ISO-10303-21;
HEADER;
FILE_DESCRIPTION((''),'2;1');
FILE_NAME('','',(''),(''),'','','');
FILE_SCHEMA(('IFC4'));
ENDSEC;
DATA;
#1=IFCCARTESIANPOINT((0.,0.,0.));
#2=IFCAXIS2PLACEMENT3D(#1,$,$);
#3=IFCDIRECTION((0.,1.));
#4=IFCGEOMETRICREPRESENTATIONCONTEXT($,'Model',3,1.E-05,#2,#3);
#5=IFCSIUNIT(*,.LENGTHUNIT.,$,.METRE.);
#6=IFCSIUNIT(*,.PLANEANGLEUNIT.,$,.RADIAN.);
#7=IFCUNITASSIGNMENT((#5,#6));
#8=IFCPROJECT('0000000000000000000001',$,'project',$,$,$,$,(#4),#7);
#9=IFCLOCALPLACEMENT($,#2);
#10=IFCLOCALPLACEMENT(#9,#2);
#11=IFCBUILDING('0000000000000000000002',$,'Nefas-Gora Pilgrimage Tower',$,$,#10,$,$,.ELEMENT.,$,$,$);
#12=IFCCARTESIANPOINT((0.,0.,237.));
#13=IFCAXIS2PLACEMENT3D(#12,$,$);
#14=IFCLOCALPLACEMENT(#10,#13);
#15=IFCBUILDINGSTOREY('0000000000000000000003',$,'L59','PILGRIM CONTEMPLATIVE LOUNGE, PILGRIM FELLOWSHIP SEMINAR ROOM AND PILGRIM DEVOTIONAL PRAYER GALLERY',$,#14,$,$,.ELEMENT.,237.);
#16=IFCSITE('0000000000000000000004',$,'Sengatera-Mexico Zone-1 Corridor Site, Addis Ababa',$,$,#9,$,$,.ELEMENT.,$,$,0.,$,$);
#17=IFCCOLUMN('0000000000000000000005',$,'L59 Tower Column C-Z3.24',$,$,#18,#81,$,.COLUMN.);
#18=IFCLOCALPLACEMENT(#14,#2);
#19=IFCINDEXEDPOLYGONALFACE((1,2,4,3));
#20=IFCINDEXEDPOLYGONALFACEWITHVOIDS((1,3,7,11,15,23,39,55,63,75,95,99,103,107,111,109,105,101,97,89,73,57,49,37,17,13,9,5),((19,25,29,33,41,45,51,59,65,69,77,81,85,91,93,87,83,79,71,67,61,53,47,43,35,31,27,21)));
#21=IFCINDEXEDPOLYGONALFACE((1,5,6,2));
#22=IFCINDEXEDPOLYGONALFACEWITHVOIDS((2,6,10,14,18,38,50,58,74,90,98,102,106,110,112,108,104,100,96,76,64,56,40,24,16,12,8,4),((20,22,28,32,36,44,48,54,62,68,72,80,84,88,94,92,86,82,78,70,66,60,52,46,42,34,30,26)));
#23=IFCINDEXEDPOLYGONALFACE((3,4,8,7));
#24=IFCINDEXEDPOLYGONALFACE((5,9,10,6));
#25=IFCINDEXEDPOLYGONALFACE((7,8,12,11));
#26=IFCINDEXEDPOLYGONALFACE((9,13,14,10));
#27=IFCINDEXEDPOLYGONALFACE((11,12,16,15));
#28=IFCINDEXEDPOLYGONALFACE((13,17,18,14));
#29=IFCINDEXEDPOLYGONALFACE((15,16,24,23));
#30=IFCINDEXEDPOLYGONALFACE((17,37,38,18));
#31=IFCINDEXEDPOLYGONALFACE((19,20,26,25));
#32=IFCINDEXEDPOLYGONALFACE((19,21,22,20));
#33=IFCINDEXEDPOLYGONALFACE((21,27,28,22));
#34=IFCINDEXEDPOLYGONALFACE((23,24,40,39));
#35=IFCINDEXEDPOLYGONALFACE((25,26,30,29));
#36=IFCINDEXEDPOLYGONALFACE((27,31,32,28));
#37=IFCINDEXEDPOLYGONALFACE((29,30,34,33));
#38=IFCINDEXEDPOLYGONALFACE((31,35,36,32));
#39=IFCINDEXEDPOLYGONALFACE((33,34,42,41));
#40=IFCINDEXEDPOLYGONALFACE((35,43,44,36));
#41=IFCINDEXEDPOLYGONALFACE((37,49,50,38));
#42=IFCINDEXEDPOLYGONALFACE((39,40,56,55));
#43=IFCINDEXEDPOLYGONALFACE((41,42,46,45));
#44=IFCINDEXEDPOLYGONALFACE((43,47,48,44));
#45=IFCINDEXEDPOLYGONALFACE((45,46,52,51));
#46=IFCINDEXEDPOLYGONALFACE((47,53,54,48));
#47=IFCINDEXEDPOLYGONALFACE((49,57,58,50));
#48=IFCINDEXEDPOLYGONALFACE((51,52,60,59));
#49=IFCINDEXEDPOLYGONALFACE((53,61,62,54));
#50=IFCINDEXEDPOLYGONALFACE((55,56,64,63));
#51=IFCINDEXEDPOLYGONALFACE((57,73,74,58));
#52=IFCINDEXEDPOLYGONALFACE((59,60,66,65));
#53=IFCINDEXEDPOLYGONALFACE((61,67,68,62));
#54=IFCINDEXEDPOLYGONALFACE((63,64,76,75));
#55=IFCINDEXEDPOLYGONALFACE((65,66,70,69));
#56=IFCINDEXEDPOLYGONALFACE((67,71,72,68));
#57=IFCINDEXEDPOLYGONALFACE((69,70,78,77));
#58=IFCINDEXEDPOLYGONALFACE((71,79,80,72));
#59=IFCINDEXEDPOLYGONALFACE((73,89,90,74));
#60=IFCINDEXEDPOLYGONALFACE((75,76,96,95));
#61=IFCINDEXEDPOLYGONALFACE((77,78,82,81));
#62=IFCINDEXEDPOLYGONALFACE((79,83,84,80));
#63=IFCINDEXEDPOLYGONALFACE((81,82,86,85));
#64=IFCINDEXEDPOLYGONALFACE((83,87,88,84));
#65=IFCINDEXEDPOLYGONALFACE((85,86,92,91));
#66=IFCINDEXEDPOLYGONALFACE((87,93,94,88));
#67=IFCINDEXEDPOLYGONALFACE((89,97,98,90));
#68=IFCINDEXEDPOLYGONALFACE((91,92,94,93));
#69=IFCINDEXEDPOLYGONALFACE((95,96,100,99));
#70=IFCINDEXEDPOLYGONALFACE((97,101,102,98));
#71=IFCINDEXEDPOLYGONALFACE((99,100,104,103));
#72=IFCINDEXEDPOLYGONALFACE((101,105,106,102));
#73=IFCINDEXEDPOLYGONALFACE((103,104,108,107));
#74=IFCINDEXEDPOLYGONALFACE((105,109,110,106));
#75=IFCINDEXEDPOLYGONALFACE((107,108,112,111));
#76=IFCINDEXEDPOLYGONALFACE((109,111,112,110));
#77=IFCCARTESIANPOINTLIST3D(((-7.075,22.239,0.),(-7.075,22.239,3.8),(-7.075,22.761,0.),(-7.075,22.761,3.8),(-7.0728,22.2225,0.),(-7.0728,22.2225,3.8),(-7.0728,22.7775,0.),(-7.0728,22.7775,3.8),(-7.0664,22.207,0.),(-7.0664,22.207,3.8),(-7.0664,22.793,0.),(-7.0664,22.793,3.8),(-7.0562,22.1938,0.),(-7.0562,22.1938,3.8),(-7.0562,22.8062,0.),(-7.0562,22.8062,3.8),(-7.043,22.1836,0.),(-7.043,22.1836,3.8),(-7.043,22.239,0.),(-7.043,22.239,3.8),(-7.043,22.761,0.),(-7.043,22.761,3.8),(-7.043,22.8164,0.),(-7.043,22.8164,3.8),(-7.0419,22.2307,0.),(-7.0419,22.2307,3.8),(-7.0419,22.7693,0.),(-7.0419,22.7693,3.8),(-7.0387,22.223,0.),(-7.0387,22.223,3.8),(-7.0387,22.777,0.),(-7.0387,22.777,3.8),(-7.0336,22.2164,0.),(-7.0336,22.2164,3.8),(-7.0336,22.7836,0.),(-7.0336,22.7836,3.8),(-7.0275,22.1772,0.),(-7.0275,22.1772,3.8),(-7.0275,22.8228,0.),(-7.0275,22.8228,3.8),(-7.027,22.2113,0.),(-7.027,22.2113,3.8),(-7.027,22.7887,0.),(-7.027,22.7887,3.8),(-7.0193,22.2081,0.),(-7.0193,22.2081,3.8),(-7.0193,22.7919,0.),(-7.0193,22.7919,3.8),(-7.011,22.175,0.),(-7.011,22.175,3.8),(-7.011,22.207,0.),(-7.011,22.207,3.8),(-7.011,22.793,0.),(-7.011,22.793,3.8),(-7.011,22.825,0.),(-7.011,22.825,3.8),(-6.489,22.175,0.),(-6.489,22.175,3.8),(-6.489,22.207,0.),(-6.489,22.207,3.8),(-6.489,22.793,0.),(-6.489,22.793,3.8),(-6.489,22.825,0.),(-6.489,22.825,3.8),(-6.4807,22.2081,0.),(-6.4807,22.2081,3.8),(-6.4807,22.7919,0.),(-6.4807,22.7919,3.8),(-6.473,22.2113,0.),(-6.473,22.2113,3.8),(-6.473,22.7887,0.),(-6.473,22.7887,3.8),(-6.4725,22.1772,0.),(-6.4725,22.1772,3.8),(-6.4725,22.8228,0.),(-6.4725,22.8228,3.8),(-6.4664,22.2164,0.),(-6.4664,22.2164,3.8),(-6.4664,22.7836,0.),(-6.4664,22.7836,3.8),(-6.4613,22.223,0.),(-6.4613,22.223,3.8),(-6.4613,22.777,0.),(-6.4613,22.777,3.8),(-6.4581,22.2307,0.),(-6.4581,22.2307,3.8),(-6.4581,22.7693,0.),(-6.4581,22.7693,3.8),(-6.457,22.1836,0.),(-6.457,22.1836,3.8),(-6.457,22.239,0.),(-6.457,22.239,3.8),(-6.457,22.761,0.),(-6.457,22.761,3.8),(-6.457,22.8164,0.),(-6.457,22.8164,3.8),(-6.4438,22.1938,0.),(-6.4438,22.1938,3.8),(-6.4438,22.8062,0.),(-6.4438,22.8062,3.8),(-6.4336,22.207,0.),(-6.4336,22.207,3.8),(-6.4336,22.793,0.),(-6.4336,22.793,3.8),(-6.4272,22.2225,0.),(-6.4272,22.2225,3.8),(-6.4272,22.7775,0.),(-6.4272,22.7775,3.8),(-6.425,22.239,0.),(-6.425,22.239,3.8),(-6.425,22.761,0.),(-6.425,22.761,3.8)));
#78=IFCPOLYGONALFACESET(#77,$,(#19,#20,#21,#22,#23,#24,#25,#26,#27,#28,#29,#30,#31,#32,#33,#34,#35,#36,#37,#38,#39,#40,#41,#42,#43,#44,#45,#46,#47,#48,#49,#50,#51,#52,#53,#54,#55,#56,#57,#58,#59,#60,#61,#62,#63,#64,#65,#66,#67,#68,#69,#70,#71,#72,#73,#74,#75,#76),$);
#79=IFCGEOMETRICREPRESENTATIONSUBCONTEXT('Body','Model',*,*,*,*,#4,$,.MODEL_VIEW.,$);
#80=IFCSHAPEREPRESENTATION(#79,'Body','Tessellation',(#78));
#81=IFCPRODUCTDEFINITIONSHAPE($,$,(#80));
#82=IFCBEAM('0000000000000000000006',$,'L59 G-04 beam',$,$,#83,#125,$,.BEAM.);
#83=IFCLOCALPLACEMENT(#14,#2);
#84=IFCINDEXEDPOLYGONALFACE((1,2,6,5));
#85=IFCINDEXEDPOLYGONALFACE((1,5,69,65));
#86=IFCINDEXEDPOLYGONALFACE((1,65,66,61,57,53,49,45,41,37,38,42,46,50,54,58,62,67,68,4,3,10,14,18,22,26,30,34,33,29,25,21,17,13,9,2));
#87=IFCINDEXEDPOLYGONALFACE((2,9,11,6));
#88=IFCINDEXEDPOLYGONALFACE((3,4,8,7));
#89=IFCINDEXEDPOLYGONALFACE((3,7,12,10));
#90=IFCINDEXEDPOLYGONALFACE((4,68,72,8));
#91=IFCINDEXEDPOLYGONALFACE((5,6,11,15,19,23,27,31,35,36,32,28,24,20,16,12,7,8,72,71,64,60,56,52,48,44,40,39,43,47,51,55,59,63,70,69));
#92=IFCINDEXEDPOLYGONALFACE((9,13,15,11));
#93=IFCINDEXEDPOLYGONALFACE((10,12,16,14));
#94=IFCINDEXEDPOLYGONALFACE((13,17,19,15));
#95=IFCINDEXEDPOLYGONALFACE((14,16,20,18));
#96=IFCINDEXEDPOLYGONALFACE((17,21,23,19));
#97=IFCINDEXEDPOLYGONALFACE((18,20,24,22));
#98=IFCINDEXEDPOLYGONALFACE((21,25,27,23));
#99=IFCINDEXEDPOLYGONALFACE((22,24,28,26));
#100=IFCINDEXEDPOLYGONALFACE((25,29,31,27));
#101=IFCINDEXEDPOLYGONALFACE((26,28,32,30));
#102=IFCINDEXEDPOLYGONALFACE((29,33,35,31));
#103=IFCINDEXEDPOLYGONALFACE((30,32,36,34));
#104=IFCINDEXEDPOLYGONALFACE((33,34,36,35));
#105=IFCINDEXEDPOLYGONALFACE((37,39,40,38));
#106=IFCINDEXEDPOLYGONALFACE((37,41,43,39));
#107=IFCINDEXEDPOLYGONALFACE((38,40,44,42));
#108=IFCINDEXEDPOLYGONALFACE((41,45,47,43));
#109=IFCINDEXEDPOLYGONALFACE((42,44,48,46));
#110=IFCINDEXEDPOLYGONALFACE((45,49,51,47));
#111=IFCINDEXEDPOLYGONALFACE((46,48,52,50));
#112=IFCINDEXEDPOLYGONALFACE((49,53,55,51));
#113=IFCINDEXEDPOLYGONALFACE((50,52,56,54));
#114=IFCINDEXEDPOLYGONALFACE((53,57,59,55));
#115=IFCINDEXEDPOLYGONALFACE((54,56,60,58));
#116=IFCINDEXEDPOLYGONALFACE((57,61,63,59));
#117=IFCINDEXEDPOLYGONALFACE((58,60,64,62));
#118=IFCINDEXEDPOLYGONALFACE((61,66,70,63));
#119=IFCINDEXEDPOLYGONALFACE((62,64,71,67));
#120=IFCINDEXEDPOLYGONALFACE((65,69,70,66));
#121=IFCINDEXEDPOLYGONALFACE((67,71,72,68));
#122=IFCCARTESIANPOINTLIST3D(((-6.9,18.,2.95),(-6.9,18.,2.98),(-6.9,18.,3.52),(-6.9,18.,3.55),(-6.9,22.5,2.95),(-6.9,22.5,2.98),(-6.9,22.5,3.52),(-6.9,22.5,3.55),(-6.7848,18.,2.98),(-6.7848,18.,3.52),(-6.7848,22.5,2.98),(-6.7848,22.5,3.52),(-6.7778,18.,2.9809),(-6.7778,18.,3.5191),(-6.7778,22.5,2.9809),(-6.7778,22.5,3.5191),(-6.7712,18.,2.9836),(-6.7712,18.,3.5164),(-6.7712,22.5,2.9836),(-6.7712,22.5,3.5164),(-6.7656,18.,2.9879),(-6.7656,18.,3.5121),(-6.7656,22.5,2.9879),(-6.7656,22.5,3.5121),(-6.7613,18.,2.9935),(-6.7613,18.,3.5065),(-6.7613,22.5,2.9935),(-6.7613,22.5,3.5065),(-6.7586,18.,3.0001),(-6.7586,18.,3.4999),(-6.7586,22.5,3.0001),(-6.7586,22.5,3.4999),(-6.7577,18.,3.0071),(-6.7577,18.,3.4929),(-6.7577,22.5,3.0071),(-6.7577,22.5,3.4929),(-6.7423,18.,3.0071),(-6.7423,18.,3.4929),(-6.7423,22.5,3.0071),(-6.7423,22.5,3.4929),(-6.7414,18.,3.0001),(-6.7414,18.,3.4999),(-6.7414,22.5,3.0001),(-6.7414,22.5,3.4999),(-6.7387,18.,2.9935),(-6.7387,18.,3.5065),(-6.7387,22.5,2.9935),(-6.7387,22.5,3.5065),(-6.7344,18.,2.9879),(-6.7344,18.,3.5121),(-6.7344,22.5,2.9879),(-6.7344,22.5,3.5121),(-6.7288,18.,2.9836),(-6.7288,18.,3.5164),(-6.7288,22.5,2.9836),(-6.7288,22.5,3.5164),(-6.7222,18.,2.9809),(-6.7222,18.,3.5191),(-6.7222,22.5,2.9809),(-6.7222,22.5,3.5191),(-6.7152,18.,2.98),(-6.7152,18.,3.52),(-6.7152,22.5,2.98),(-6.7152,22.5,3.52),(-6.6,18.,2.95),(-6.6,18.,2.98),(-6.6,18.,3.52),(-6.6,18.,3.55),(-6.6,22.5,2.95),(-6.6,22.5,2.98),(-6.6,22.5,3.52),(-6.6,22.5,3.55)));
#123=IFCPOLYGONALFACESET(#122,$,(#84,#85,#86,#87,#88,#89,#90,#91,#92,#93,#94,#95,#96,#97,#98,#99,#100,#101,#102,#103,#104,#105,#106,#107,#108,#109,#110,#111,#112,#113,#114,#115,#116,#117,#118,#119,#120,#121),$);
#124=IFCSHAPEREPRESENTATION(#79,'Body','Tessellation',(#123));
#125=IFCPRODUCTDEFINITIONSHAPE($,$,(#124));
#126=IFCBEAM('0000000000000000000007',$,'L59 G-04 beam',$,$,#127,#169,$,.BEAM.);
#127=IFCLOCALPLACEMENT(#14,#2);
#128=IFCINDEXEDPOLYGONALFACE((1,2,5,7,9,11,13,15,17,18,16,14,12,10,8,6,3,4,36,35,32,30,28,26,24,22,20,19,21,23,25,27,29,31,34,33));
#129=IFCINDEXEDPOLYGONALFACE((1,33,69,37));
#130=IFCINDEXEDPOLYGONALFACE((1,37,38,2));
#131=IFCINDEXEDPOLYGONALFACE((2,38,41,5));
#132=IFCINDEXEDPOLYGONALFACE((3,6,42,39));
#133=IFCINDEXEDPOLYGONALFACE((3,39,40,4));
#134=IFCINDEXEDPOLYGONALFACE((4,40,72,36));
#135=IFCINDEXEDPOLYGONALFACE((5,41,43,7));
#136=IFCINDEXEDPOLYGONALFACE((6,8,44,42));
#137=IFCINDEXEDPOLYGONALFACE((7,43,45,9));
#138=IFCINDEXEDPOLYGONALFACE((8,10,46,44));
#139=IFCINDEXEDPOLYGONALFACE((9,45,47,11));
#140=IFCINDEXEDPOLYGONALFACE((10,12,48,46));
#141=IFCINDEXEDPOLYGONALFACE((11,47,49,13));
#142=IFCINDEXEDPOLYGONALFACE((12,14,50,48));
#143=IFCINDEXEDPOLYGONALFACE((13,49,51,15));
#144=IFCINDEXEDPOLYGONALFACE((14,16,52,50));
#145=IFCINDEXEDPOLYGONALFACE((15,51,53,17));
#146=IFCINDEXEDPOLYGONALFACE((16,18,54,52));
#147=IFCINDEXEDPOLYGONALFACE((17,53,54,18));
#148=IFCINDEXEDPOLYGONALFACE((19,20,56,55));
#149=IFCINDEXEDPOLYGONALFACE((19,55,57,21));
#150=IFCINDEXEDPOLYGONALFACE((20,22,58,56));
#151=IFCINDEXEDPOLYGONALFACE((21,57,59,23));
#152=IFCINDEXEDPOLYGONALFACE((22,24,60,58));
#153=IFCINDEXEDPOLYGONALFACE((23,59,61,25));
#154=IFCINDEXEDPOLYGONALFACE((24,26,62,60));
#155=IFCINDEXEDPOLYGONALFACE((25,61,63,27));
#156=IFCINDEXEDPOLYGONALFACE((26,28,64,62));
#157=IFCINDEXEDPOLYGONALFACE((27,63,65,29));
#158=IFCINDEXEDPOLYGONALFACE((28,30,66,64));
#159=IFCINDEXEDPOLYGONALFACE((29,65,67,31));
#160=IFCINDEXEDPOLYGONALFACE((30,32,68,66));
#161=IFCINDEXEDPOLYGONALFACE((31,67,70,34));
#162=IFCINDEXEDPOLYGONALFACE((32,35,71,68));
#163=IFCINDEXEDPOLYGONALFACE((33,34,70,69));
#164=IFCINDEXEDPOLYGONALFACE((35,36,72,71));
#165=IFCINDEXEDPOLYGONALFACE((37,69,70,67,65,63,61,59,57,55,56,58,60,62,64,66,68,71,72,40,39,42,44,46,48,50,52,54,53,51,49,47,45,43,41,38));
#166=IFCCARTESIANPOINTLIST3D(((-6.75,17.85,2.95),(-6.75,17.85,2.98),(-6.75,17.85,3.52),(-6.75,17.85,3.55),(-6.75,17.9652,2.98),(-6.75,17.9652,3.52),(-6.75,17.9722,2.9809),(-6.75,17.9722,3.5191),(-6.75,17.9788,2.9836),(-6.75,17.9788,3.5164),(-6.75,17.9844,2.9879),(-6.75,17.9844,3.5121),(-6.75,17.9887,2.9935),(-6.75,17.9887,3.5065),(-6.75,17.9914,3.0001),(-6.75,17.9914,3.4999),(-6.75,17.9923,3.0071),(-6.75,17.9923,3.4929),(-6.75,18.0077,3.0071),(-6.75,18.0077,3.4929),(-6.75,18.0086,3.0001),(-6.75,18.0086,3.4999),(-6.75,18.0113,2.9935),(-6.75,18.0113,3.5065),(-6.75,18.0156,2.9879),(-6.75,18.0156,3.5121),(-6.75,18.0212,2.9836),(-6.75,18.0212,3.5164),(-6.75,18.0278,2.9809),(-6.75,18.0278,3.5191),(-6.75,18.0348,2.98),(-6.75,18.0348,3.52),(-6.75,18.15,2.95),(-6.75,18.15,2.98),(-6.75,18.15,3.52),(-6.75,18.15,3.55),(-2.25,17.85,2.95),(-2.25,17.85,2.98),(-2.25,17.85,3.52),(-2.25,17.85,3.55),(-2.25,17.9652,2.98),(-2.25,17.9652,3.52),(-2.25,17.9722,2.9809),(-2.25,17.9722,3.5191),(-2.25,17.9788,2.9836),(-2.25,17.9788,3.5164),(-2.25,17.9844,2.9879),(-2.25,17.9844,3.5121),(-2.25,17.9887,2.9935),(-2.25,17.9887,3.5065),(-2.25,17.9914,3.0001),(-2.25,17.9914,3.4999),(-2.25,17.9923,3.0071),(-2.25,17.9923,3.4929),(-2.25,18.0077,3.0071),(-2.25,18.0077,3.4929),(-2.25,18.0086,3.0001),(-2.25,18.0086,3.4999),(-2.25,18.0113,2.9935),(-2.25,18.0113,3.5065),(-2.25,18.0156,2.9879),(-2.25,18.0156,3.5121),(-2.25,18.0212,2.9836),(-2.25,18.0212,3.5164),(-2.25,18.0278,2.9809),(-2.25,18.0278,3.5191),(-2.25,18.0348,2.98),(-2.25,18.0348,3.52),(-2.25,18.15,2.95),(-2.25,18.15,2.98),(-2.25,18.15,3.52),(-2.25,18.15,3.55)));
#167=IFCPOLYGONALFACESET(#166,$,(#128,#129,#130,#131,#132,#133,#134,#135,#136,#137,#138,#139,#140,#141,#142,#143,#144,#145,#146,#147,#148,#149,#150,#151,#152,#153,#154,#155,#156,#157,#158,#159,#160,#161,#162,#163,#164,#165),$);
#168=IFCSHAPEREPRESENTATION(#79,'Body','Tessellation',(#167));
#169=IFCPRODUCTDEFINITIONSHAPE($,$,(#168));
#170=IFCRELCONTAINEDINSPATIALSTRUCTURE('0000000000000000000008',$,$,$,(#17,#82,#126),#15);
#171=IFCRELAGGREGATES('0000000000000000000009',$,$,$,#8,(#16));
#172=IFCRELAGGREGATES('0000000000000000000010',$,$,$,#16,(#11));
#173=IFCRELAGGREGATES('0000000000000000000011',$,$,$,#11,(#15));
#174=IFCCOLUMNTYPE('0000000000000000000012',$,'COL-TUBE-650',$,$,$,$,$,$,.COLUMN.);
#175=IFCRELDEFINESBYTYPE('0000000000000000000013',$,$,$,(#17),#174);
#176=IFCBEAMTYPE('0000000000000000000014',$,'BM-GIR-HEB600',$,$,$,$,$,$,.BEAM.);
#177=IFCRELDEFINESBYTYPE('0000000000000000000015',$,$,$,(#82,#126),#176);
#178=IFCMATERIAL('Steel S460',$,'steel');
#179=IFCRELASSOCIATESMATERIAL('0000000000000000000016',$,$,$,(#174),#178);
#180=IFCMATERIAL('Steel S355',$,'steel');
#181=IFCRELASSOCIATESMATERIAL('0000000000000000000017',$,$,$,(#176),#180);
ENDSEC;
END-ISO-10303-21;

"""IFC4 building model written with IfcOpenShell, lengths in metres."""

from ifc_helpers import new_model, si_unit, direction, frame, origin, origin_2d, place, context, subcontext, project, spatial, hollow_rectangle, i_section, extrude, source, transform, mapped, material, material_profile, profile_set, type_object, element, save


model = new_model("IFC4")

# Units and contexts
model_context = context("Model", 3, precision=1e-05, world=origin(), true_north=direction((0.0, 1.0)))
body_context = subcontext(model_context, "Body", "Model", "MODEL_VIEW")
ifc_project = project(units=[si_unit("LENGTHUNIT", "METRE"), si_unit("PLANEANGLEUNIT", "RADIAN")], contexts=[model_context])

# Site, building, storey
site_placement = place(None, origin())
site = spatial("IfcSite", under=ifc_project, at=site_placement, Name="Sengatera-Mexico Zone-1 Corridor Site, Addis Ababa", CompositionType="ELEMENT", RefElevation=0.0)
building_placement = place(site_placement, origin())
building = spatial("IfcBuilding", under=site, at=building_placement, Name="Nefas-Gora Pilgrimage Tower", CompositionType="ELEMENT")
storey_placement = place(building_placement, frame((0.0, 0.0, 237.0)))
storey = spatial("IfcBuildingStorey", under=building, at=storey_placement, Name="L59", Description="PILGRIM CONTEMPLATIVE LOUNGE, PILGRIM FELLOWSHIP SEMINAR ROOM AND PILGRIM DEVOTIONAL PRAYER GALLERY", CompositionType="ELEMENT", Elevation=237.0)

# Column
ifc_material_1 = material(Name="Steel S460", Category="steel")
ifc_material_profile_1 = material_profile(ifc_material_1, hollow_rectangle(XDim=0.6499, YDim=0.6499, WallThickness=0.032, InnerFilletRadius=0.032, OuterFilletRadius=0.064, at=origin_2d()), Name="BOX 650x650x32")
ifc_profile_set_1 = profile_set([ifc_material_profile_1], Name="Steel S460")
column_type_1 = type_object("IfcColumnType", Name="COL-TUBE-650", PredefinedType="COLUMN", material=ifc_profile_set_1)
shared_shape_1 = source(origin(), body_context, "Body", "SweptSolid", [
    extrude(hollow_rectangle(XDim=0.6499, YDim=0.6499, WallThickness=0.032, InnerFilletRadius=0.032, OuterFilletRadius=0.064, at=origin_2d()), origin(), (0.0, 0.0, 1.0), 3.8),
])
column_placement = place(storey_placement, frame((-6.75, 22.5, 0.0), z_axis=(0.0, 0.0, 1.0), x_axis=(1.0, 0.0, 0.0)))
element("IfcColumn", 1, at=column_placement, inside=storey, type_object=column_type_1, Name="L59 Tower Column C-Z3.24", PredefinedType="COLUMN", context=body_context, shape_type="MappedRepresentation", body=[
    mapped(shared_shape_1, transform((0.0, 0.0, 0.0), x_axis=(1.0, 0.0, 0.0), y_axis=(0.0, 1.0, 0.0), z_axis=(0.0, 0.0, 1.0), scale=1.0)),
])

# Beams
ifc_material_2 = material(Name="Steel S355", Category="steel")
ifc_material_profile_2 = material_profile(ifc_material_2, i_section(OverallWidth=0.3, OverallDepth=0.6001, WebThickness=0.0154, FlangeThickness=0.03, FilletRadius=0.0271, at=origin_2d()), Name="HEB 600")
ifc_profile_set_2 = profile_set([ifc_material_profile_2], Name="Steel S355")
beam_type = type_object("IfcBeamType", Name="BM-GIR-HEB600", PredefinedType="BEAM", material=ifc_profile_set_2)
shared_shape_2 = source(origin(), body_context, "Body", "SweptSolid", [
    extrude(i_section(OverallWidth=0.3, OverallDepth=0.6001, WebThickness=0.0154, FlangeThickness=0.03, FilletRadius=0.0271, at=origin_2d()), origin(), (0.0, 0.0, 1.0), 4.5),
])
for number, where, z_axis, x_axis, name in (
    (2, (-6.75, 18.0, 3.25), (0.0, 1.0, 0.0), (-1.0, 0.0, 0.0), "L59 G-04 beam"),
    (3, (-6.75, 18.0, 3.25), (1.0, 0.0, 0.0), (0.0, 1.0, 0.0), "L59 G-04 beam"),
):
    element("IfcBeam", number, at=place(storey_placement, frame(where, z_axis=z_axis, x_axis=x_axis)), inside=storey, type_object=beam_type, Name=name, PredefinedType="BEAM", context=body_context, shape_type="MappedRepresentation", body=[
        mapped(shared_shape_2, transform((0.0, 0.0, 0.0), x_axis=(1.0, 0.0, 0.0), y_axis=(0.0, 1.0, 0.0), z_axis=(0.0, 0.0, 1.0), scale=1.0)),
    ])

save(model, "model.ifc")
